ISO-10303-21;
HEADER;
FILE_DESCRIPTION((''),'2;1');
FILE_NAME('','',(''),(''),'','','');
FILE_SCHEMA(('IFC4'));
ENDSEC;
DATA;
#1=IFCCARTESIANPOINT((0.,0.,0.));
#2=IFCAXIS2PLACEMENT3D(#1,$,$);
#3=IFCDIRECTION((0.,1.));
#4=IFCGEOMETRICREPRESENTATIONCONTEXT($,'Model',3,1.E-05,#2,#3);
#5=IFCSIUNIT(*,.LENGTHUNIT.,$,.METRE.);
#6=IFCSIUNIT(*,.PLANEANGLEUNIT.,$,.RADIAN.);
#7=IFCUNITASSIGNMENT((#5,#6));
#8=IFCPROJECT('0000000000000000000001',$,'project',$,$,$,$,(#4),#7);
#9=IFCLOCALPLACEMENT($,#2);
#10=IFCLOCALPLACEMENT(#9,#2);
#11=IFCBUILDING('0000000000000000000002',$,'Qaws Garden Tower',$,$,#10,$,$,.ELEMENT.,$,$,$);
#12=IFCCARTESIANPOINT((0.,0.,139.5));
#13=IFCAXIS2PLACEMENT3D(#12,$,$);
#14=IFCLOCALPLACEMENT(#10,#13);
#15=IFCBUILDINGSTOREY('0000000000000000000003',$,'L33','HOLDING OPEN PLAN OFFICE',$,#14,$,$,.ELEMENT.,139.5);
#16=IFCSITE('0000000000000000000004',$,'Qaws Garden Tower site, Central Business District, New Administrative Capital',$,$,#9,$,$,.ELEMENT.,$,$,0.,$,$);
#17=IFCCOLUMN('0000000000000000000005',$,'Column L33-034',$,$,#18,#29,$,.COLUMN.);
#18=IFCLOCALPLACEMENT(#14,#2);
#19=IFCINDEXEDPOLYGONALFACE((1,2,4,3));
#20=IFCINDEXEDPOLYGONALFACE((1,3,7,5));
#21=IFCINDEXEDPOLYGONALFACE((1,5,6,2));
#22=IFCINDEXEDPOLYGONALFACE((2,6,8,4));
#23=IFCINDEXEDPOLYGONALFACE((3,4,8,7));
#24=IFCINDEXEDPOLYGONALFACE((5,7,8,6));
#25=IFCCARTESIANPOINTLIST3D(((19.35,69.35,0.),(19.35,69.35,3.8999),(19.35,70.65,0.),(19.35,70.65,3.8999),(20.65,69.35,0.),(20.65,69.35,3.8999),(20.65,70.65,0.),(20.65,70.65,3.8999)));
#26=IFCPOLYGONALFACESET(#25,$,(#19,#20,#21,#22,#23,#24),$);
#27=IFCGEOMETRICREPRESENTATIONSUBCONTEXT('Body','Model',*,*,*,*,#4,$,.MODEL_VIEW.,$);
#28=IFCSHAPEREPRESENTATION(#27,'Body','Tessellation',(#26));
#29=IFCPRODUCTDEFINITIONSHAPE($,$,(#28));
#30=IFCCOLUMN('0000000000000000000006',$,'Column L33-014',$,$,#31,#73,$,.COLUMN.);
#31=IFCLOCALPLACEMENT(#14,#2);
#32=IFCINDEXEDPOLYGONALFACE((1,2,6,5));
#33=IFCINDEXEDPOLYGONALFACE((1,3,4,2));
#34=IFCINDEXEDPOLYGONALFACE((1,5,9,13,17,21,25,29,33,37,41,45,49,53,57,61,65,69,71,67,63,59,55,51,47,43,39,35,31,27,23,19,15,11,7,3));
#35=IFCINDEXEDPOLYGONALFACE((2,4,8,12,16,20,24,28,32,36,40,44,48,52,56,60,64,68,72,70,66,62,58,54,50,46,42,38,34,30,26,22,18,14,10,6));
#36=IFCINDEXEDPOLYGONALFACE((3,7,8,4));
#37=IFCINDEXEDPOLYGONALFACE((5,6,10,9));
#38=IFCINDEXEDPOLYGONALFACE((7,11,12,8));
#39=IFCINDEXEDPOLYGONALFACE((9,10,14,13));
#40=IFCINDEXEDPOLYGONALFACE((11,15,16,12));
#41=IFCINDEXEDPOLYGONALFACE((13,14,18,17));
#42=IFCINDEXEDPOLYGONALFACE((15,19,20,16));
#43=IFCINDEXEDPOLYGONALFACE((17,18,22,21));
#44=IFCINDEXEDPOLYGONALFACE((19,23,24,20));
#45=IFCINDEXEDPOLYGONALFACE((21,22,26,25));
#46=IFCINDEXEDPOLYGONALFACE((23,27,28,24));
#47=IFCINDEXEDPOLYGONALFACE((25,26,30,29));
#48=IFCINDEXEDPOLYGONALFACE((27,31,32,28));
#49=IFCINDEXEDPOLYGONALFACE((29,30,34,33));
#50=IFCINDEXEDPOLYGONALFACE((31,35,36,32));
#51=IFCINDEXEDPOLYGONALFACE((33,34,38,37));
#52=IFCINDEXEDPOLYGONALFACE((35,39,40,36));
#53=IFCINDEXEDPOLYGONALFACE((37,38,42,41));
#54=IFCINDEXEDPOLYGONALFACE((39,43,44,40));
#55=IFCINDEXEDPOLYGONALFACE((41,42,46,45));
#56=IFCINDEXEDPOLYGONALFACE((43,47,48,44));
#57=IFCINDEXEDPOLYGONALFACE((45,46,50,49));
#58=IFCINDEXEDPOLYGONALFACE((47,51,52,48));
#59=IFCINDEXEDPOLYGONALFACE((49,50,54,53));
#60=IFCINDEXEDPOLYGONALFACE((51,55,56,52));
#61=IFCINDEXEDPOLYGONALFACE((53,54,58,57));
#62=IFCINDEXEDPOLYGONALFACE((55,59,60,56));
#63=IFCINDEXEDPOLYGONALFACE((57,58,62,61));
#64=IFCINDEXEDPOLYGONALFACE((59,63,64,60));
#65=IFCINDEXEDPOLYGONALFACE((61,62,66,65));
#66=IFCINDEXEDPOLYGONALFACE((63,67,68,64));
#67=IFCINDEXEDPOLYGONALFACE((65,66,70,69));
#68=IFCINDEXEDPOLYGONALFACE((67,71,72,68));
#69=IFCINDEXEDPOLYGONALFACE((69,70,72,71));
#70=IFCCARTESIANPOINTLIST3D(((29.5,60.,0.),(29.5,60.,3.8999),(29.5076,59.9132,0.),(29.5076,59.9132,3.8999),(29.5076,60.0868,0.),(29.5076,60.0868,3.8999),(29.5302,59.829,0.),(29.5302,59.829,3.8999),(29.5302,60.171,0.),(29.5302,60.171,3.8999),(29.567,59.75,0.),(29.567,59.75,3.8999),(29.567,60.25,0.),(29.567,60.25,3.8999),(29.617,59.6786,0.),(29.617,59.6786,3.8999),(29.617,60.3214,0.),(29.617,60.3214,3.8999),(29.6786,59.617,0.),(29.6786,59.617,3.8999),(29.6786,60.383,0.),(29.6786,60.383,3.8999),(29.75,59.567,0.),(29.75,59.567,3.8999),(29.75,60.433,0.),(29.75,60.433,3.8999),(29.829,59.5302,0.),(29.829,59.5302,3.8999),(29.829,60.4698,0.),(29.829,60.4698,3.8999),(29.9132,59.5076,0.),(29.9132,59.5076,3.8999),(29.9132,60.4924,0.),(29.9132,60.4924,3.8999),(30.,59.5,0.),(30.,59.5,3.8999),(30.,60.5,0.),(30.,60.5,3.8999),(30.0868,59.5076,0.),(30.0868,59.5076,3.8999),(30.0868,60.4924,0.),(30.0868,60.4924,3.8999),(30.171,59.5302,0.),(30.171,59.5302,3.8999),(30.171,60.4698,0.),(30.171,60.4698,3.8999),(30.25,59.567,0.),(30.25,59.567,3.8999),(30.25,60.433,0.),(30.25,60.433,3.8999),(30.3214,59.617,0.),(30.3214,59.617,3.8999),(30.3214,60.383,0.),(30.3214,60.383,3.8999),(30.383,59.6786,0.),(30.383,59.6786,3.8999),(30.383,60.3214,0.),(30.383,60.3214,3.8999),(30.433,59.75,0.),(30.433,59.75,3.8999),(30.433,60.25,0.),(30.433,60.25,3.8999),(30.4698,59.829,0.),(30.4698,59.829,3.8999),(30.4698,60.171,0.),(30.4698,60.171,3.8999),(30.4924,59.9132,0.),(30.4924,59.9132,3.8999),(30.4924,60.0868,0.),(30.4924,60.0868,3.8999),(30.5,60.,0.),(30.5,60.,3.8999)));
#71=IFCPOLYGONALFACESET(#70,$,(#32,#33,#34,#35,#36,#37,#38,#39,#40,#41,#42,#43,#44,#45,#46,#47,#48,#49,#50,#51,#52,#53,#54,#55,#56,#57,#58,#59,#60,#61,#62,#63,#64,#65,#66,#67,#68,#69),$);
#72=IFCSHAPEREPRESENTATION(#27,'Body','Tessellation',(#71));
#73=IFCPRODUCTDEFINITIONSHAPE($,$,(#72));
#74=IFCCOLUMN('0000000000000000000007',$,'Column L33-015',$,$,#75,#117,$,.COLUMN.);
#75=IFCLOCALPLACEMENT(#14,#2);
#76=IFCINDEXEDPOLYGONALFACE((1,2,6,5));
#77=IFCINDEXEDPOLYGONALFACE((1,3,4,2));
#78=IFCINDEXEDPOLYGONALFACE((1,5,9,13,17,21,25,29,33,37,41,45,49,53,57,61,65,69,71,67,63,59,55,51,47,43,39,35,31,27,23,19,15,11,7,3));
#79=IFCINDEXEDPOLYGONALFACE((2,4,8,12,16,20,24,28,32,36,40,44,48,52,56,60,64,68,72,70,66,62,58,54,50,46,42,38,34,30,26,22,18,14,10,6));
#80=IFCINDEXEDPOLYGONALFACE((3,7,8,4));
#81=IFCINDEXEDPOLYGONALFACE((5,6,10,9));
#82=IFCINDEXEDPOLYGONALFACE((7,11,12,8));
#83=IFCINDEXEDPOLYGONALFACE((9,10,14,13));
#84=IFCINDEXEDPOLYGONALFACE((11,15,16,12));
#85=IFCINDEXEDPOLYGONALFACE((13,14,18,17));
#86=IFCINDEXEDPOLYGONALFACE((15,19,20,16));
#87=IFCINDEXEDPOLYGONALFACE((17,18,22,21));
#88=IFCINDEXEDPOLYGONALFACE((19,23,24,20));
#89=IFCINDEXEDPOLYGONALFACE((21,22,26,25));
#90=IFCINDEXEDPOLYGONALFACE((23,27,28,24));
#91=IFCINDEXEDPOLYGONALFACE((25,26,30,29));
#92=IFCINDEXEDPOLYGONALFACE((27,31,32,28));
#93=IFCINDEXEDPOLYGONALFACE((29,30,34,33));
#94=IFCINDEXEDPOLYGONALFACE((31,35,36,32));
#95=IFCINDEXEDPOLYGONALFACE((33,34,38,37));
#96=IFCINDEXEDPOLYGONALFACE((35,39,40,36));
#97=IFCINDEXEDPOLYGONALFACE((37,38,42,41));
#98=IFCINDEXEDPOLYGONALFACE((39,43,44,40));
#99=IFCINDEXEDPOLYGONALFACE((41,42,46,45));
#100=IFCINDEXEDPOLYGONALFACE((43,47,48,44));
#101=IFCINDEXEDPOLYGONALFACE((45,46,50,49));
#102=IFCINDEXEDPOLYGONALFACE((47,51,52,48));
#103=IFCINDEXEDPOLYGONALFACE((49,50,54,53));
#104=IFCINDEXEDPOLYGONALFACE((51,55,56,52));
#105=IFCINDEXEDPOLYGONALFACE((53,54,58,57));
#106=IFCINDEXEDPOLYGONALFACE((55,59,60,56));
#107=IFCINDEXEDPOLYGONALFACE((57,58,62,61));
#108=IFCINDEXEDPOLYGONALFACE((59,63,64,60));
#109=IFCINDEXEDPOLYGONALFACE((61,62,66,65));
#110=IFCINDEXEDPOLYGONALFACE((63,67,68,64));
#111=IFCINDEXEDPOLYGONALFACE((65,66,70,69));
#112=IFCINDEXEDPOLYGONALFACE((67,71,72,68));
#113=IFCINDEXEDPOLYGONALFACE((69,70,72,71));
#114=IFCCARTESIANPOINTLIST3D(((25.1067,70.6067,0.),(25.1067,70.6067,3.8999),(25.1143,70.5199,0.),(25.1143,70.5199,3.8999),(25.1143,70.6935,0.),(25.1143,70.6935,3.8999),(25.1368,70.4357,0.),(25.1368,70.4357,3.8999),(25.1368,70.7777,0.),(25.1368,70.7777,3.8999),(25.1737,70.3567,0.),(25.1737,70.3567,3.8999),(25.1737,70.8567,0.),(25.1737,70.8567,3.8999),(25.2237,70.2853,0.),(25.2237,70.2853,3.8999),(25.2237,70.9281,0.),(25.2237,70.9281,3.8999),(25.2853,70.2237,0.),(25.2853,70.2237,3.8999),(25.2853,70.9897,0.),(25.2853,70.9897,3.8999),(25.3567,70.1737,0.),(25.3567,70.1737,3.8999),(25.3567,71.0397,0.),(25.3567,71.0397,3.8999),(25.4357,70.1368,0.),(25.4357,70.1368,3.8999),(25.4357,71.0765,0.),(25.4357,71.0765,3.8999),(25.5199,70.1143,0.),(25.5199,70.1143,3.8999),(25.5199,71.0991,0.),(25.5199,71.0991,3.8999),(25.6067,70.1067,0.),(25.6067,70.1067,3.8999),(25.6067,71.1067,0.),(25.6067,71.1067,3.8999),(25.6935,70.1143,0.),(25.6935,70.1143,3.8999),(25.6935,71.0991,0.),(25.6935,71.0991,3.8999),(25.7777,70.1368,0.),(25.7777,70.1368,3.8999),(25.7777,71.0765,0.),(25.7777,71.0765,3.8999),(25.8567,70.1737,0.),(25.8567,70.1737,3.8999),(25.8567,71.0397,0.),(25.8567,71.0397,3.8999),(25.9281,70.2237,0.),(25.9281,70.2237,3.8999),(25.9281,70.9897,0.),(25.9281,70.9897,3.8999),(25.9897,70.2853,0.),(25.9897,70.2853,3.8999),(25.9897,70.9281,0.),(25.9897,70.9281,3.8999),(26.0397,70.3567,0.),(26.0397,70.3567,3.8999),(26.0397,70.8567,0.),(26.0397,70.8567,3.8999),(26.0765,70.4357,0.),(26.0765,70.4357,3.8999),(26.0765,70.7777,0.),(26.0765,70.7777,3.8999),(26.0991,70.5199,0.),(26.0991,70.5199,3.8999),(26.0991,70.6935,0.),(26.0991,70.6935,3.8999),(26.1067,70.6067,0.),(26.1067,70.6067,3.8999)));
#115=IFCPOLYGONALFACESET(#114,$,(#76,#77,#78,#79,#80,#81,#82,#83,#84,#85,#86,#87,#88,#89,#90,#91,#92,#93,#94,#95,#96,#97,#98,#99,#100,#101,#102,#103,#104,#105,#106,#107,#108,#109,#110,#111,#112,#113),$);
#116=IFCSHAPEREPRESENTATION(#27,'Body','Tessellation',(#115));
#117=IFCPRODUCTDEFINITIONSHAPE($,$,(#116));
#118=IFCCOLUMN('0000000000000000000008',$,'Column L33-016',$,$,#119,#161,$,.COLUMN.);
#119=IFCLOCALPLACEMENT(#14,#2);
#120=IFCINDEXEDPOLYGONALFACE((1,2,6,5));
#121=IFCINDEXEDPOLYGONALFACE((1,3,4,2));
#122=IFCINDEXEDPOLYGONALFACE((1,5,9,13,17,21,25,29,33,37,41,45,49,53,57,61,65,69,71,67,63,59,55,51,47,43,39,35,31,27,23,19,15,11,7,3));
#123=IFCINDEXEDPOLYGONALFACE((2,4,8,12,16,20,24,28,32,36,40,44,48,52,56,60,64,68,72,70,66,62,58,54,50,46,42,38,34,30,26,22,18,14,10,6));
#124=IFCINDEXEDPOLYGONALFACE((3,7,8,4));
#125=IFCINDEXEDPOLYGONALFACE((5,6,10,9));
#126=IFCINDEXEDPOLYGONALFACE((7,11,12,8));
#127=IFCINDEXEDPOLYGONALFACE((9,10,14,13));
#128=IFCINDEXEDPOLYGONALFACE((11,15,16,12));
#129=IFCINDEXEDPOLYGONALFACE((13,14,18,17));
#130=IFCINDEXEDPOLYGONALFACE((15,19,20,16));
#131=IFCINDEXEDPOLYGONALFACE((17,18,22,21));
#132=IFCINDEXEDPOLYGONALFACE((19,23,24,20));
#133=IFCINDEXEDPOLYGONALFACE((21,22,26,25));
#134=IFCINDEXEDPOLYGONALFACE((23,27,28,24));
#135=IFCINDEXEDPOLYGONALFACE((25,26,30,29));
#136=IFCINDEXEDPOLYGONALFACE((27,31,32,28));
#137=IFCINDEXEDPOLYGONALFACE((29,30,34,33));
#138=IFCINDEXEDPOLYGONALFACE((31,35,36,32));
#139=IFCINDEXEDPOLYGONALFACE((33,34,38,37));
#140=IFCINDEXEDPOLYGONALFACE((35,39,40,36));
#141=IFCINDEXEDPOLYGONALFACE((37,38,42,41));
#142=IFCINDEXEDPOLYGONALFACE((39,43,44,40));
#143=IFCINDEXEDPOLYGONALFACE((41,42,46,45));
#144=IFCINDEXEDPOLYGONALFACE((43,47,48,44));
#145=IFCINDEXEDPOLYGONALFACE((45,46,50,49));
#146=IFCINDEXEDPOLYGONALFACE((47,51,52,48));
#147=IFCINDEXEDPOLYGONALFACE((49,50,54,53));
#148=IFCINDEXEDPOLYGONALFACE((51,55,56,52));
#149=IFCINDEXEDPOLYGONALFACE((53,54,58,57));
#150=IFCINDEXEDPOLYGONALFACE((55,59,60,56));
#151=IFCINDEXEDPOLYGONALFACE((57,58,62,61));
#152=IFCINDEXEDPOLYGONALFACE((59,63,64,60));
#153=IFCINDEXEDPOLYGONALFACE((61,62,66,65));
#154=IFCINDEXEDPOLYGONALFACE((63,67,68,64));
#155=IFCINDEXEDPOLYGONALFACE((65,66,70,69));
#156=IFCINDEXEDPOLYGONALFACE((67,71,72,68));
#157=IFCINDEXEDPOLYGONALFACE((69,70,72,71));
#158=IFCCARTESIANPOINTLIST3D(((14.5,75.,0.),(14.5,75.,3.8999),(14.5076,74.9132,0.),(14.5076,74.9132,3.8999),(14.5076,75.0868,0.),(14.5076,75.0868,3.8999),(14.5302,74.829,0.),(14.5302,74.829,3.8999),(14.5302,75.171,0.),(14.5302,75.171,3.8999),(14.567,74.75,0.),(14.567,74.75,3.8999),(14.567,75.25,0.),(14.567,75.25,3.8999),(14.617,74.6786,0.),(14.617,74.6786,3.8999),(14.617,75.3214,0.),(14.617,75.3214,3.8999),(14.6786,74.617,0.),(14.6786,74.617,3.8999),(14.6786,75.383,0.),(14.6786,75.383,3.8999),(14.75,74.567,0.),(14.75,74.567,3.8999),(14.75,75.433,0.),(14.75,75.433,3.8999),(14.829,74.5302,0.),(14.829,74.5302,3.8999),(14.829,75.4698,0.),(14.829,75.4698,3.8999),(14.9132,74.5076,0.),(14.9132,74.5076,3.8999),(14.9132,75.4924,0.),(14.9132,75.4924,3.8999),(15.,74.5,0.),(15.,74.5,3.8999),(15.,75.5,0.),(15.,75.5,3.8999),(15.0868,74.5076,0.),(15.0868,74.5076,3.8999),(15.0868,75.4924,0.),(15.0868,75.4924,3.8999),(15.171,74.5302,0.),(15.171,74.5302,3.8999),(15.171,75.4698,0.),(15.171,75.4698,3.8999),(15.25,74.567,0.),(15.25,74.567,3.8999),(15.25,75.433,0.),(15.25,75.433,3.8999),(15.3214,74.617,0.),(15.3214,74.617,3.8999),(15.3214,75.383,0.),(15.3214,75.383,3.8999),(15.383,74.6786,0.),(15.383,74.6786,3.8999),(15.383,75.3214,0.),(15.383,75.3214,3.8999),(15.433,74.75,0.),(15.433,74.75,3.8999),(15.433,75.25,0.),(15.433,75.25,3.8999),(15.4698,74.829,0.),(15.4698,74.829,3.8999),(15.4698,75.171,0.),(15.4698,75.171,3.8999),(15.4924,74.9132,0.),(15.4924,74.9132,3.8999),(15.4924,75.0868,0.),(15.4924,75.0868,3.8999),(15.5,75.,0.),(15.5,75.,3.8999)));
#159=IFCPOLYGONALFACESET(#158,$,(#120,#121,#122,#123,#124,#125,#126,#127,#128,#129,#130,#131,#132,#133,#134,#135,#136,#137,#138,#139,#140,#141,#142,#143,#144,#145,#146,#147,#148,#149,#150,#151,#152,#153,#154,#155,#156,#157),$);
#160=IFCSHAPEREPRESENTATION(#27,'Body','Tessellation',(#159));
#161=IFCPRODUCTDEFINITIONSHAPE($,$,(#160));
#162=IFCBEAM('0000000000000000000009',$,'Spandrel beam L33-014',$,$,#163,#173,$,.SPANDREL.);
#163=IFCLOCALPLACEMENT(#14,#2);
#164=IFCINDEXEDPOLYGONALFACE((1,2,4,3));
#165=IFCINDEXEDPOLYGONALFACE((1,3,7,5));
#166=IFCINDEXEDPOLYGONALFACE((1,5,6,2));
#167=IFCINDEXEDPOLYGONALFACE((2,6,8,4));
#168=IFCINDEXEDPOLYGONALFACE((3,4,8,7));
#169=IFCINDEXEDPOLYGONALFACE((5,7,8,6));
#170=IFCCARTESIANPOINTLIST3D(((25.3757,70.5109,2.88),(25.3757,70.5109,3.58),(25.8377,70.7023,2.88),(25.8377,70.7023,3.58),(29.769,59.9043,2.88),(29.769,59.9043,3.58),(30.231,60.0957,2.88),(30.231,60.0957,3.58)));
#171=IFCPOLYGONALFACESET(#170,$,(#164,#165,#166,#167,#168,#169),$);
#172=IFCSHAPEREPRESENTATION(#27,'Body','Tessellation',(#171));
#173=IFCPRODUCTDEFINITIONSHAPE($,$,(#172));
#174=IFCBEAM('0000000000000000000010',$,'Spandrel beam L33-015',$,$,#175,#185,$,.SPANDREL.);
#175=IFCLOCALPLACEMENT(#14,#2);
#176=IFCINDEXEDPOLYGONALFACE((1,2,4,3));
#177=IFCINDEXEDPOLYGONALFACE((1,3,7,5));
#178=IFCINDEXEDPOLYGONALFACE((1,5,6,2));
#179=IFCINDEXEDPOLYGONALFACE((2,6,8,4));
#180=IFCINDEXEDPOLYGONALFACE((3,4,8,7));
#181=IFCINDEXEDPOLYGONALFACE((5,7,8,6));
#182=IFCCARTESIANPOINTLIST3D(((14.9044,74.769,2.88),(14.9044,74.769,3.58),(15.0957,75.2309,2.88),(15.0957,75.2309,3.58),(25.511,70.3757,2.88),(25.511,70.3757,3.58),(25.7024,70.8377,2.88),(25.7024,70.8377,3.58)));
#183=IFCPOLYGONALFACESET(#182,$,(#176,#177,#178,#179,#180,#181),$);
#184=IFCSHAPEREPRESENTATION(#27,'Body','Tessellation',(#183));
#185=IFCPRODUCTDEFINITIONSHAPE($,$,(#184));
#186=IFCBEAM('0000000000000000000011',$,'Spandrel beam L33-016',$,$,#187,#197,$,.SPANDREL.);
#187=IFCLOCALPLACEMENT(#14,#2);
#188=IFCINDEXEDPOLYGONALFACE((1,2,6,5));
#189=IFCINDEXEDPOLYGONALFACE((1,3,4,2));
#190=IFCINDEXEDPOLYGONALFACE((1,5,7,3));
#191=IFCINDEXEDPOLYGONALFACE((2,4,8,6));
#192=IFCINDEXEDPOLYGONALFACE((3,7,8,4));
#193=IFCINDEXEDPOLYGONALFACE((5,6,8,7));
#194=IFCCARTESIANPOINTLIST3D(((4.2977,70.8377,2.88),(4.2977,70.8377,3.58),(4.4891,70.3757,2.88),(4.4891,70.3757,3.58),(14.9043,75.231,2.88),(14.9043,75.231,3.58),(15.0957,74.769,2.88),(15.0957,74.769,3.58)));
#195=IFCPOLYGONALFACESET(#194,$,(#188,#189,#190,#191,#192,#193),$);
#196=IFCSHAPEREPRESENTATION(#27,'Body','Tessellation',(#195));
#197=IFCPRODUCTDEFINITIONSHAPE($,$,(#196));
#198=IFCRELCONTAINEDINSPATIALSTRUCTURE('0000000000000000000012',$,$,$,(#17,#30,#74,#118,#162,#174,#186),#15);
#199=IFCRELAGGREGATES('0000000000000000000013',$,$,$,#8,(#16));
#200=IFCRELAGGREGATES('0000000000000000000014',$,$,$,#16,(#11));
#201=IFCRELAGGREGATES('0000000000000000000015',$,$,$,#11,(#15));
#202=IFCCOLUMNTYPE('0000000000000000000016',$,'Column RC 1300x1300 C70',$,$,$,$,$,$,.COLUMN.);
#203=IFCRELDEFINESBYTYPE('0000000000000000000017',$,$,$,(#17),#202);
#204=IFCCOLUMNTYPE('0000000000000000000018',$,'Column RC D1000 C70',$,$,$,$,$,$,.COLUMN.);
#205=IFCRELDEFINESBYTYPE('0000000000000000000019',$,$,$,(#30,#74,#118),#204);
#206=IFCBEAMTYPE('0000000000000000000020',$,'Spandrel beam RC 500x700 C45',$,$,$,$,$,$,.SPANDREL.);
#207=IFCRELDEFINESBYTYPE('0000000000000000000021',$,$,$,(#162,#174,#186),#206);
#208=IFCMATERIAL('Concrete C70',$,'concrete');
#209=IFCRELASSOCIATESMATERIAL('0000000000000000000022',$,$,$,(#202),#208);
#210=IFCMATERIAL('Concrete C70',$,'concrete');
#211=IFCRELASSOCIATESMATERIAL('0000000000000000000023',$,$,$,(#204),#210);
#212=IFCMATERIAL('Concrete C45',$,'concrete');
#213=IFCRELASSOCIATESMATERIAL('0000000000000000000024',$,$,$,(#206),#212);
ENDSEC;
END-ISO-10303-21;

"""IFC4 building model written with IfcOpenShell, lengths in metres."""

from ifc_helpers import new_model, si_unit, direction, frame, origin, origin_2d, place, context, subcontext, project, spatial, rectangle, circle, extrude, material, material_profile, profile_set, type_object, element, save


model = new_model("IFC4")

# Units and contexts
model_context = context("Model", 3, precision=1e-05, world=origin(), true_north=direction((0.0, 1.0)))
body_context = subcontext(model_context, "Body", "Model", "MODEL_VIEW")
ifc_project = project(units=[si_unit("LENGTHUNIT", "METRE"), si_unit("PLANEANGLEUNIT", "RADIAN")], contexts=[model_context])

# Site, building, storey
site_placement = place(None, origin())
site = spatial("IfcSite", under=ifc_project, at=site_placement, Name="Qaws Garden Tower site, Central Business District, New Administrative Capital", CompositionType="ELEMENT", RefElevation=0.0)
building_placement = place(site_placement, origin())
building = spatial("IfcBuilding", under=site, at=building_placement, Name="Qaws Garden Tower", CompositionType="ELEMENT")
storey_placement = place(building_placement, frame((0.0, 0.0, 139.5)))
storey = spatial("IfcBuildingStorey", under=building, at=storey_placement, Name="L33", Description="HOLDING OPEN PLAN OFFICE", CompositionType="ELEMENT", Elevation=139.5)

# Columns
ifc_material_1 = material(Name="Concrete C70", Category="concrete")
ifc_material_profile_1 = material_profile(ifc_material_1, rectangle(XDim=1.3, YDim=1.3, at=origin_2d()), Name="RC 1300x1300")
ifc_profile_set_1 = profile_set([ifc_material_profile_1], Name="Concrete C70")
column_type_1 = type_object("IfcColumnType", Name="Column RC 1300x1300 C70", PredefinedType="COLUMN", material=ifc_profile_set_1)
column_placement = place(storey_placement, frame((20.0, 70.0, 0.0), z_axis=(0.0, 0.0, 1.0), x_axis=(1.0, 0.0, 0.0)))
element("IfcColumn", 1, at=column_placement, inside=storey, type_object=column_type_1, Name="Column L33-034", PredefinedType="COLUMN", context=body_context, shape_type="SweptSolid", body=[
    extrude(rectangle(XDim=1.3, YDim=1.3, at=origin_2d()), origin(), (0.0, 0.0, 1.0), 3.8999),
])
ifc_material_2 = material(Name="Concrete C70", Category="concrete")
ifc_material_profile_2 = material_profile(ifc_material_2, circle(Radius=0.5, at=origin_2d()), Name="RC D1000")
ifc_profile_set_2 = profile_set([ifc_material_profile_2], Name="Concrete C70")
column_type_2 = type_object("IfcColumnType", Name="Column RC D1000 C70", PredefinedType="COLUMN", material=ifc_profile_set_2)
for number, where, z_axis, x_axis, name in (
    (2, (30.0, 60.0, 0.0), (0.0, 0.0, 1.0), (1.0, 0.0, 0.0), "Column L33-014"),
    (3, (25.6067, 70.6067, 0.0), (0.0, 0.0, 1.0), (1.0, 0.0, 0.0), "Column L33-015"),
    (4, (15.0, 75.0, 0.0), (0.0, 0.0, 1.0), (1.0, 0.0, 0.0), "Column L33-016"),
):
    element("IfcColumn", number, at=place(storey_placement, frame(where, z_axis=z_axis, x_axis=x_axis)), inside=storey, type_object=column_type_2, Name=name, PredefinedType="COLUMN", context=body_context, shape_type="SweptSolid", body=[
        extrude(circle(Radius=0.5, at=origin_2d()), origin(), (0.0, 0.0, 1.0), 3.8999),
    ])

# Beams
ifc_material_3 = material(Name="Concrete C45", Category="concrete")
ifc_material_profile_3 = material_profile(ifc_material_3, rectangle(XDim=0.5, YDim=0.7, at=origin_2d()), Name="RC 500x700")
ifc_profile_set_3 = profile_set([ifc_material_profile_3], Name="Concrete C45")
beam_type = type_object("IfcBeamType", Name="Spandrel beam RC 500x700 C45", PredefinedType="SPANDREL", material=ifc_profile_set_3)
for number, where, z_axis, x_axis, name in (
    (5, (30.0, 60.0, 3.23), (-0.382674, 0.923883, 0.0), (-0.923883, -0.382674, 0.0), "Spandrel beam L33-014"),
    (6, (25.6067, 70.6067, 3.23), (-0.923883, 0.382674, 0.0), (-0.382674, -0.923883, 0.0), "Spandrel beam L33-015"),
    (7, (15.0, 75.0, 3.23), (-0.923883, -0.382674, 0.0), (0.382674, -0.923883, 0.0), "Spandrel beam L33-016"),
):
    element("IfcBeam", number, at=place(storey_placement, frame(where, z_axis=z_axis, x_axis=x_axis)), inside=storey, type_object=beam_type, Name=name, PredefinedType="SPANDREL", context=body_context, shape_type="SweptSolid", body=[
        extrude(rectangle(XDim=0.5, YDim=0.7, at=origin_2d()), origin(), (0.0, 0.0, 1.0), 11.4805),
    ])

save(model, "model.ifc")
